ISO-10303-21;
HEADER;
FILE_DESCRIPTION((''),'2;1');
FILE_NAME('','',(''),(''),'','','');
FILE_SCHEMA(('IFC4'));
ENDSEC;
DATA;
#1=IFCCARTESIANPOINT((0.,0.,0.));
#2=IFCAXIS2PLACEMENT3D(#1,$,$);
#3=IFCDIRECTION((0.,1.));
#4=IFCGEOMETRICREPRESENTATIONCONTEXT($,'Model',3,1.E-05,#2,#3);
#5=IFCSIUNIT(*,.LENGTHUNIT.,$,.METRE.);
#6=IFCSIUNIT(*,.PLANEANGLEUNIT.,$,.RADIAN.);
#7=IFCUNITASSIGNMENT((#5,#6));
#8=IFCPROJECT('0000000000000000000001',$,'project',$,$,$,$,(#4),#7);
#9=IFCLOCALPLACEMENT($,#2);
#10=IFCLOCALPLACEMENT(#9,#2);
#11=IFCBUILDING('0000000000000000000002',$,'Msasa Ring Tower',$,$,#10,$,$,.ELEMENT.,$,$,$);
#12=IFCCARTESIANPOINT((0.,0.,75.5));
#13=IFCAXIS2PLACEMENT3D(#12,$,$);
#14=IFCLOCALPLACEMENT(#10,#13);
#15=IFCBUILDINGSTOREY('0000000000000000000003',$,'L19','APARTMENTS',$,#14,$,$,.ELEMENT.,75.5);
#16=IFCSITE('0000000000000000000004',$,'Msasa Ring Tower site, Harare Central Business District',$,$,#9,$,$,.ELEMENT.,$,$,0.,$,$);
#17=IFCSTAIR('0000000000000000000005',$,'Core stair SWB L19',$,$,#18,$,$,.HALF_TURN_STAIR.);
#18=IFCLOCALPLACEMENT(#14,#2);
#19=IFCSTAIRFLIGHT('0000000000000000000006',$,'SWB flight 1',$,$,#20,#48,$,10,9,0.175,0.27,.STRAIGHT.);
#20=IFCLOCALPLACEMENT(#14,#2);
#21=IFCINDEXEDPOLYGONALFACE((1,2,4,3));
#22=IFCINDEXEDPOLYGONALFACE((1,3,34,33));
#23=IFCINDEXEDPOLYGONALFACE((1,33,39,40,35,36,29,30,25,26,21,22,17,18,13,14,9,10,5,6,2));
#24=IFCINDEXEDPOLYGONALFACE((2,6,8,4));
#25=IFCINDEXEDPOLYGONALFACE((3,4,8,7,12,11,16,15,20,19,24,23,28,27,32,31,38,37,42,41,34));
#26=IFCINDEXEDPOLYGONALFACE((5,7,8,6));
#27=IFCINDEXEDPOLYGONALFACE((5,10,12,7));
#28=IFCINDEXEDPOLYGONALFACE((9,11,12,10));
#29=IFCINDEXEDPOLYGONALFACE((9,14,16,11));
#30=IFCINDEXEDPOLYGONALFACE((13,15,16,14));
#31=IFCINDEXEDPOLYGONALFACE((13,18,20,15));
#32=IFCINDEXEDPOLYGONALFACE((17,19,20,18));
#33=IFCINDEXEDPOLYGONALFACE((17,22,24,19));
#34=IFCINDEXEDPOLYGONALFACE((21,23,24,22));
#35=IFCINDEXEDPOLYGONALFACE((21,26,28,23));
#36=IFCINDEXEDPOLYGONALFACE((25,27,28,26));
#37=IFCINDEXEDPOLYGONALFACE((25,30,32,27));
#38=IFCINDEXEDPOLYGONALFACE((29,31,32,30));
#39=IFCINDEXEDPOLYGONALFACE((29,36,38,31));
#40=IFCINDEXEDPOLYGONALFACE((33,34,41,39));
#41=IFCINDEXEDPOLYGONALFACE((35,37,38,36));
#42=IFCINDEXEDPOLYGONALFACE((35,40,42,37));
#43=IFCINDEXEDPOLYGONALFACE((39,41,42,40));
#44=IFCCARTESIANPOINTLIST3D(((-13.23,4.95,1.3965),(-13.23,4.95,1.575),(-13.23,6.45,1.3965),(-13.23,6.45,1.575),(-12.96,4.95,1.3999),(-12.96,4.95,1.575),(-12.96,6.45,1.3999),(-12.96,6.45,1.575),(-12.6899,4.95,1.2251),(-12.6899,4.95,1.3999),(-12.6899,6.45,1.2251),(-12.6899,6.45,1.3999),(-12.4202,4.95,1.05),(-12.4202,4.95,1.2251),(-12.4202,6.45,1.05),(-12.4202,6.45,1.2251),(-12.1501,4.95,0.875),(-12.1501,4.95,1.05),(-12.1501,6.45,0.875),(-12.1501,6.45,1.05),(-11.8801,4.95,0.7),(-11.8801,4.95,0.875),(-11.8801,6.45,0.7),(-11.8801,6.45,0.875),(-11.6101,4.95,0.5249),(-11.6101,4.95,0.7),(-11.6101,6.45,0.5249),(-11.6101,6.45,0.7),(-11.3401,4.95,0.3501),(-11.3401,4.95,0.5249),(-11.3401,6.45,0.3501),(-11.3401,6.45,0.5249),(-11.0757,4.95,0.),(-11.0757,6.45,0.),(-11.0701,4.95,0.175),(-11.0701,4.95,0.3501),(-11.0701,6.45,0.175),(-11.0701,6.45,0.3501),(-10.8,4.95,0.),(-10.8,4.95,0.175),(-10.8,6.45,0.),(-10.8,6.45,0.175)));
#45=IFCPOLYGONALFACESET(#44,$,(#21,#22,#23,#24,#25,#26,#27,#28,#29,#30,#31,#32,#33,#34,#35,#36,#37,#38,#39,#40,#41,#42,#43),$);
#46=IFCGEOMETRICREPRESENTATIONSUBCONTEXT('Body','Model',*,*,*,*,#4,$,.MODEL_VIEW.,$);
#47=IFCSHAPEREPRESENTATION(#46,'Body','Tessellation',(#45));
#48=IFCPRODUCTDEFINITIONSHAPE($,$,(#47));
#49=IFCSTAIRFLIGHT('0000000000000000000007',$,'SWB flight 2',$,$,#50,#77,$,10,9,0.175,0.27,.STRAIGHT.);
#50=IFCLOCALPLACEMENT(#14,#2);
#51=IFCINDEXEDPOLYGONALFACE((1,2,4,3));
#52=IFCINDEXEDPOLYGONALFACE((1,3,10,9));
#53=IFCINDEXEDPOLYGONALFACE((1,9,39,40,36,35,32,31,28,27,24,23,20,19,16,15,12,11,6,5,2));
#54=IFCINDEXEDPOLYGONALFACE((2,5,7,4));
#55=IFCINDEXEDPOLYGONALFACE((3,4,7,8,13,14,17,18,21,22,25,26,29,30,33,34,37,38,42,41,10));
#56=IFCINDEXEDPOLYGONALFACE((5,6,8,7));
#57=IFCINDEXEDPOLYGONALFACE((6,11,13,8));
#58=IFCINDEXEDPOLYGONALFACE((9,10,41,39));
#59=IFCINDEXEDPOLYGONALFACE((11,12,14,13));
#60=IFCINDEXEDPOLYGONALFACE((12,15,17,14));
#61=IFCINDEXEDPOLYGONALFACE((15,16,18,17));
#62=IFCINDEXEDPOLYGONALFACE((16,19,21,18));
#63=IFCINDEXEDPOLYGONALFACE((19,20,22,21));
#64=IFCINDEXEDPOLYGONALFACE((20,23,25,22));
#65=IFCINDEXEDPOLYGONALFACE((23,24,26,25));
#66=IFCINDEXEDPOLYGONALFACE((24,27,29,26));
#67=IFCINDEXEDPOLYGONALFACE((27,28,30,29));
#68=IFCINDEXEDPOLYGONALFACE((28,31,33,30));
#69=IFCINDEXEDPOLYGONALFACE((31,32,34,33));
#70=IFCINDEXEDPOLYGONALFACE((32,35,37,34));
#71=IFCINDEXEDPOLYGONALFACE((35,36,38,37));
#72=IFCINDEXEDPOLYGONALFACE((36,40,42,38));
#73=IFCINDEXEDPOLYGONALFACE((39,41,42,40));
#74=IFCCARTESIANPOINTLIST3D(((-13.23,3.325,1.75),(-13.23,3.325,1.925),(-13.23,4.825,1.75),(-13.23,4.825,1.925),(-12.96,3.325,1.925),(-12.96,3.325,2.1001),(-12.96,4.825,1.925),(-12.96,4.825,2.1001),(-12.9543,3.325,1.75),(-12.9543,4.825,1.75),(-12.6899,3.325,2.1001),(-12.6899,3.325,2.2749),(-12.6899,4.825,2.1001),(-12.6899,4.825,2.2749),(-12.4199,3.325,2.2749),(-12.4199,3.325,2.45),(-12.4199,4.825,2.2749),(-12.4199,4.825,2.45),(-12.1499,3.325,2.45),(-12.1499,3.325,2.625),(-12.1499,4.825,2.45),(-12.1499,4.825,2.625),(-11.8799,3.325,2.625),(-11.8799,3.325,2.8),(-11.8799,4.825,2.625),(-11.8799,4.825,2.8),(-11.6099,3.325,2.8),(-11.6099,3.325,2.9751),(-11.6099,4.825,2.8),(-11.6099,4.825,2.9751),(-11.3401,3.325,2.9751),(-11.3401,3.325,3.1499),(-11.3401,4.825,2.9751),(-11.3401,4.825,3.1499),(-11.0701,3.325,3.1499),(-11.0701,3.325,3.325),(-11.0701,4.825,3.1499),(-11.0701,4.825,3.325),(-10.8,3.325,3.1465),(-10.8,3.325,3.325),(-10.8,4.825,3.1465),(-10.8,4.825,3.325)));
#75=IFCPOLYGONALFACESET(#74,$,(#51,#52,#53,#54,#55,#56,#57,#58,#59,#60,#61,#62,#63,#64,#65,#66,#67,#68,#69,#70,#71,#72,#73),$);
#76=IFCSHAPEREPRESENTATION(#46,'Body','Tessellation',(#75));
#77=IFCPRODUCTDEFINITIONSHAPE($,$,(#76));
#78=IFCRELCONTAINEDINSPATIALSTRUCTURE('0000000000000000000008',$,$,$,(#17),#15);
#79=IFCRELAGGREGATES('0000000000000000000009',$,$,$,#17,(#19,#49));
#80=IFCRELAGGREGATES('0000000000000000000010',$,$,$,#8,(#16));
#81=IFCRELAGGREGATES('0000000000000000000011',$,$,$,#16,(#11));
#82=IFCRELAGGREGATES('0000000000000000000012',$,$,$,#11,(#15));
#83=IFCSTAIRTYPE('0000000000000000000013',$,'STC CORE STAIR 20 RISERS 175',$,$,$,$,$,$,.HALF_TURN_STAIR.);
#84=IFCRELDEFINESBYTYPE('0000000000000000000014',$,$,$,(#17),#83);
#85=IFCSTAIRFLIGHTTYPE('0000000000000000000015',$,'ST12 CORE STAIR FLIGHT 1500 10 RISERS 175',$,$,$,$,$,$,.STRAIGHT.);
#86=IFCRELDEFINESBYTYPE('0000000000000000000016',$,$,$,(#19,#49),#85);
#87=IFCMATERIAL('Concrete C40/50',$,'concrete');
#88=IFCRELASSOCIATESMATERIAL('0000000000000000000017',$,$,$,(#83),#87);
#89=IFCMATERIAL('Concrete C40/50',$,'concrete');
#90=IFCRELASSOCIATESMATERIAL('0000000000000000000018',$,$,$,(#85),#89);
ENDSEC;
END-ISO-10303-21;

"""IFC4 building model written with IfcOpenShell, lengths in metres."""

from ifc_helpers import new_model, si_unit, direction, frame, origin, place, context, subcontext, project, spatial, polyline, outline, extrude, material, type_object, element, aggregate, save


model = new_model("IFC4")

# Units and contexts
model_context = context("Model", 3, precision=1e-05, world=origin(), true_north=direction((0.0, 1.0)))
body_context = subcontext(model_context, "Body", "Model", "MODEL_VIEW")
ifc_project = project(units=[si_unit("LENGTHUNIT", "METRE"), si_unit("PLANEANGLEUNIT", "RADIAN")], contexts=[model_context])

# Site, building, storey
site_placement = place(None, origin())
site = spatial("IfcSite", under=ifc_project, at=site_placement, Name="Msasa Ring Tower site, Harare Central Business District", CompositionType="ELEMENT", RefElevation=0.0)
building_placement = place(site_placement, origin())
building = spatial("IfcBuilding", under=site, at=building_placement, Name="Msasa Ring Tower", CompositionType="ELEMENT")
storey_placement = place(building_placement, frame((0.0, 0.0, 75.5)))
storey = spatial("IfcBuildingStorey", under=building, at=storey_placement, Name="L19", Description="APARTMENTS", CompositionType="ELEMENT", Elevation=75.5)

# Stair, stair flights
ifc_material_1 = material(Name="Concrete C40/50", Category="concrete")
stair_type = type_object("IfcStairType", Name="STC CORE STAIR 20 RISERS 175", PredefinedType="HALF_TURN_STAIR", material=ifc_material_1)
stair_placement = place(storey_placement, origin())
stair = element("IfcStair", 1, at=stair_placement, inside=storey, type_object=stair_type, Name="Core stair SWB L19", PredefinedType="HALF_TURN_STAIR")
ifc_material_2 = material(Name="Concrete C40/50", Category="concrete")
stair_flight_type = type_object("IfcStairFlightType", Name="ST12 CORE STAIR FLIGHT 1500 10 RISERS 175", PredefinedType="STRAIGHT", material=ifc_material_2)
stair_flight_1_placement = place(storey_placement, frame((-10.8, 5.7, 0.0), z_axis=(0.0, 0.0, 1.0), x_axis=(-1.0, 0.0, 0.0)))
stair_flight_1 = element("IfcStairFlight", 2, at=stair_flight_1_placement, type_object=stair_flight_type, Name="SWB flight 1", NumberOfRisers=10, NumberOfTreads=9, PredefinedType="STRAIGHT", RiserHeight=0.175, TreadLength=0.27, context=body_context, shape_type="SweptSolid", body=[
    extrude(outline(polyline([(0.0, 0.0), (0.0, 0.175), (0.27, 0.175), (0.27, 0.3501), (0.54, 0.3501), (0.54, 0.5249), (0.8101, 0.5249), (0.8101, 0.7), (1.0801, 0.7), (1.0801, 0.875), (1.3501, 0.875), (1.3501, 1.05), (1.6201, 1.05), (1.6201, 1.2251), (1.8899, 1.2251), (1.8899, 1.3999), (2.1599, 1.3999), (2.1599, 1.575), (2.4299, 1.575), (2.4299, 1.75), (2.4299, 1.3965), (0.2756, 0.0), (0.0, 0.0)])), frame((0.0, 0.75, 0.0), z_axis=(0.0, -1.0, 0.0), x_axis=(1.0, 0.0, 0.0)), (0.0, 0.0, 1.0), 1.5),
])
stair_flight_2_placement = place(storey_placement, frame((-13.23, 4.075, 1.75), z_axis=(0.0, 0.0, 1.0), x_axis=(1.0, 0.0, 0.0)))
stair_flight_2 = element("IfcStairFlight", 3, at=stair_flight_2_placement, type_object=stair_flight_type, Name="SWB flight 2", NumberOfRisers=10, NumberOfTreads=9, PredefinedType="STRAIGHT", RiserHeight=0.175, TreadLength=0.27, context=body_context, shape_type="SweptSolid", body=[
    extrude(outline(polyline([(0.0, 0.0), (0.0, 0.175), (0.27, 0.175), (0.27, 0.3501), (0.54, 0.3501), (0.54, 0.5249), (0.8101, 0.5249), (0.8101, 0.7), (1.0801, 0.7), (1.0801, 0.875), (1.3501, 0.875), (1.3501, 1.05), (1.6201, 1.05), (1.6201, 1.2251), (1.8899, 1.2251), (1.8899, 1.3999), (2.1599, 1.3999), (2.1599, 1.575), (2.4299, 1.575), (2.4299, 1.75), (2.4299, 1.3965), (0.2756, 0.0), (0.0, 0.0)])), frame((0.0, 0.75, 0.0), z_axis=(0.0, -1.0, 0.0), x_axis=(1.0, 0.0, 0.0)), (0.0, 0.0, 1.0), 1.5),
])
aggregate(stair, [stair_flight_1, stair_flight_2])

save(model, "model.ifc")
